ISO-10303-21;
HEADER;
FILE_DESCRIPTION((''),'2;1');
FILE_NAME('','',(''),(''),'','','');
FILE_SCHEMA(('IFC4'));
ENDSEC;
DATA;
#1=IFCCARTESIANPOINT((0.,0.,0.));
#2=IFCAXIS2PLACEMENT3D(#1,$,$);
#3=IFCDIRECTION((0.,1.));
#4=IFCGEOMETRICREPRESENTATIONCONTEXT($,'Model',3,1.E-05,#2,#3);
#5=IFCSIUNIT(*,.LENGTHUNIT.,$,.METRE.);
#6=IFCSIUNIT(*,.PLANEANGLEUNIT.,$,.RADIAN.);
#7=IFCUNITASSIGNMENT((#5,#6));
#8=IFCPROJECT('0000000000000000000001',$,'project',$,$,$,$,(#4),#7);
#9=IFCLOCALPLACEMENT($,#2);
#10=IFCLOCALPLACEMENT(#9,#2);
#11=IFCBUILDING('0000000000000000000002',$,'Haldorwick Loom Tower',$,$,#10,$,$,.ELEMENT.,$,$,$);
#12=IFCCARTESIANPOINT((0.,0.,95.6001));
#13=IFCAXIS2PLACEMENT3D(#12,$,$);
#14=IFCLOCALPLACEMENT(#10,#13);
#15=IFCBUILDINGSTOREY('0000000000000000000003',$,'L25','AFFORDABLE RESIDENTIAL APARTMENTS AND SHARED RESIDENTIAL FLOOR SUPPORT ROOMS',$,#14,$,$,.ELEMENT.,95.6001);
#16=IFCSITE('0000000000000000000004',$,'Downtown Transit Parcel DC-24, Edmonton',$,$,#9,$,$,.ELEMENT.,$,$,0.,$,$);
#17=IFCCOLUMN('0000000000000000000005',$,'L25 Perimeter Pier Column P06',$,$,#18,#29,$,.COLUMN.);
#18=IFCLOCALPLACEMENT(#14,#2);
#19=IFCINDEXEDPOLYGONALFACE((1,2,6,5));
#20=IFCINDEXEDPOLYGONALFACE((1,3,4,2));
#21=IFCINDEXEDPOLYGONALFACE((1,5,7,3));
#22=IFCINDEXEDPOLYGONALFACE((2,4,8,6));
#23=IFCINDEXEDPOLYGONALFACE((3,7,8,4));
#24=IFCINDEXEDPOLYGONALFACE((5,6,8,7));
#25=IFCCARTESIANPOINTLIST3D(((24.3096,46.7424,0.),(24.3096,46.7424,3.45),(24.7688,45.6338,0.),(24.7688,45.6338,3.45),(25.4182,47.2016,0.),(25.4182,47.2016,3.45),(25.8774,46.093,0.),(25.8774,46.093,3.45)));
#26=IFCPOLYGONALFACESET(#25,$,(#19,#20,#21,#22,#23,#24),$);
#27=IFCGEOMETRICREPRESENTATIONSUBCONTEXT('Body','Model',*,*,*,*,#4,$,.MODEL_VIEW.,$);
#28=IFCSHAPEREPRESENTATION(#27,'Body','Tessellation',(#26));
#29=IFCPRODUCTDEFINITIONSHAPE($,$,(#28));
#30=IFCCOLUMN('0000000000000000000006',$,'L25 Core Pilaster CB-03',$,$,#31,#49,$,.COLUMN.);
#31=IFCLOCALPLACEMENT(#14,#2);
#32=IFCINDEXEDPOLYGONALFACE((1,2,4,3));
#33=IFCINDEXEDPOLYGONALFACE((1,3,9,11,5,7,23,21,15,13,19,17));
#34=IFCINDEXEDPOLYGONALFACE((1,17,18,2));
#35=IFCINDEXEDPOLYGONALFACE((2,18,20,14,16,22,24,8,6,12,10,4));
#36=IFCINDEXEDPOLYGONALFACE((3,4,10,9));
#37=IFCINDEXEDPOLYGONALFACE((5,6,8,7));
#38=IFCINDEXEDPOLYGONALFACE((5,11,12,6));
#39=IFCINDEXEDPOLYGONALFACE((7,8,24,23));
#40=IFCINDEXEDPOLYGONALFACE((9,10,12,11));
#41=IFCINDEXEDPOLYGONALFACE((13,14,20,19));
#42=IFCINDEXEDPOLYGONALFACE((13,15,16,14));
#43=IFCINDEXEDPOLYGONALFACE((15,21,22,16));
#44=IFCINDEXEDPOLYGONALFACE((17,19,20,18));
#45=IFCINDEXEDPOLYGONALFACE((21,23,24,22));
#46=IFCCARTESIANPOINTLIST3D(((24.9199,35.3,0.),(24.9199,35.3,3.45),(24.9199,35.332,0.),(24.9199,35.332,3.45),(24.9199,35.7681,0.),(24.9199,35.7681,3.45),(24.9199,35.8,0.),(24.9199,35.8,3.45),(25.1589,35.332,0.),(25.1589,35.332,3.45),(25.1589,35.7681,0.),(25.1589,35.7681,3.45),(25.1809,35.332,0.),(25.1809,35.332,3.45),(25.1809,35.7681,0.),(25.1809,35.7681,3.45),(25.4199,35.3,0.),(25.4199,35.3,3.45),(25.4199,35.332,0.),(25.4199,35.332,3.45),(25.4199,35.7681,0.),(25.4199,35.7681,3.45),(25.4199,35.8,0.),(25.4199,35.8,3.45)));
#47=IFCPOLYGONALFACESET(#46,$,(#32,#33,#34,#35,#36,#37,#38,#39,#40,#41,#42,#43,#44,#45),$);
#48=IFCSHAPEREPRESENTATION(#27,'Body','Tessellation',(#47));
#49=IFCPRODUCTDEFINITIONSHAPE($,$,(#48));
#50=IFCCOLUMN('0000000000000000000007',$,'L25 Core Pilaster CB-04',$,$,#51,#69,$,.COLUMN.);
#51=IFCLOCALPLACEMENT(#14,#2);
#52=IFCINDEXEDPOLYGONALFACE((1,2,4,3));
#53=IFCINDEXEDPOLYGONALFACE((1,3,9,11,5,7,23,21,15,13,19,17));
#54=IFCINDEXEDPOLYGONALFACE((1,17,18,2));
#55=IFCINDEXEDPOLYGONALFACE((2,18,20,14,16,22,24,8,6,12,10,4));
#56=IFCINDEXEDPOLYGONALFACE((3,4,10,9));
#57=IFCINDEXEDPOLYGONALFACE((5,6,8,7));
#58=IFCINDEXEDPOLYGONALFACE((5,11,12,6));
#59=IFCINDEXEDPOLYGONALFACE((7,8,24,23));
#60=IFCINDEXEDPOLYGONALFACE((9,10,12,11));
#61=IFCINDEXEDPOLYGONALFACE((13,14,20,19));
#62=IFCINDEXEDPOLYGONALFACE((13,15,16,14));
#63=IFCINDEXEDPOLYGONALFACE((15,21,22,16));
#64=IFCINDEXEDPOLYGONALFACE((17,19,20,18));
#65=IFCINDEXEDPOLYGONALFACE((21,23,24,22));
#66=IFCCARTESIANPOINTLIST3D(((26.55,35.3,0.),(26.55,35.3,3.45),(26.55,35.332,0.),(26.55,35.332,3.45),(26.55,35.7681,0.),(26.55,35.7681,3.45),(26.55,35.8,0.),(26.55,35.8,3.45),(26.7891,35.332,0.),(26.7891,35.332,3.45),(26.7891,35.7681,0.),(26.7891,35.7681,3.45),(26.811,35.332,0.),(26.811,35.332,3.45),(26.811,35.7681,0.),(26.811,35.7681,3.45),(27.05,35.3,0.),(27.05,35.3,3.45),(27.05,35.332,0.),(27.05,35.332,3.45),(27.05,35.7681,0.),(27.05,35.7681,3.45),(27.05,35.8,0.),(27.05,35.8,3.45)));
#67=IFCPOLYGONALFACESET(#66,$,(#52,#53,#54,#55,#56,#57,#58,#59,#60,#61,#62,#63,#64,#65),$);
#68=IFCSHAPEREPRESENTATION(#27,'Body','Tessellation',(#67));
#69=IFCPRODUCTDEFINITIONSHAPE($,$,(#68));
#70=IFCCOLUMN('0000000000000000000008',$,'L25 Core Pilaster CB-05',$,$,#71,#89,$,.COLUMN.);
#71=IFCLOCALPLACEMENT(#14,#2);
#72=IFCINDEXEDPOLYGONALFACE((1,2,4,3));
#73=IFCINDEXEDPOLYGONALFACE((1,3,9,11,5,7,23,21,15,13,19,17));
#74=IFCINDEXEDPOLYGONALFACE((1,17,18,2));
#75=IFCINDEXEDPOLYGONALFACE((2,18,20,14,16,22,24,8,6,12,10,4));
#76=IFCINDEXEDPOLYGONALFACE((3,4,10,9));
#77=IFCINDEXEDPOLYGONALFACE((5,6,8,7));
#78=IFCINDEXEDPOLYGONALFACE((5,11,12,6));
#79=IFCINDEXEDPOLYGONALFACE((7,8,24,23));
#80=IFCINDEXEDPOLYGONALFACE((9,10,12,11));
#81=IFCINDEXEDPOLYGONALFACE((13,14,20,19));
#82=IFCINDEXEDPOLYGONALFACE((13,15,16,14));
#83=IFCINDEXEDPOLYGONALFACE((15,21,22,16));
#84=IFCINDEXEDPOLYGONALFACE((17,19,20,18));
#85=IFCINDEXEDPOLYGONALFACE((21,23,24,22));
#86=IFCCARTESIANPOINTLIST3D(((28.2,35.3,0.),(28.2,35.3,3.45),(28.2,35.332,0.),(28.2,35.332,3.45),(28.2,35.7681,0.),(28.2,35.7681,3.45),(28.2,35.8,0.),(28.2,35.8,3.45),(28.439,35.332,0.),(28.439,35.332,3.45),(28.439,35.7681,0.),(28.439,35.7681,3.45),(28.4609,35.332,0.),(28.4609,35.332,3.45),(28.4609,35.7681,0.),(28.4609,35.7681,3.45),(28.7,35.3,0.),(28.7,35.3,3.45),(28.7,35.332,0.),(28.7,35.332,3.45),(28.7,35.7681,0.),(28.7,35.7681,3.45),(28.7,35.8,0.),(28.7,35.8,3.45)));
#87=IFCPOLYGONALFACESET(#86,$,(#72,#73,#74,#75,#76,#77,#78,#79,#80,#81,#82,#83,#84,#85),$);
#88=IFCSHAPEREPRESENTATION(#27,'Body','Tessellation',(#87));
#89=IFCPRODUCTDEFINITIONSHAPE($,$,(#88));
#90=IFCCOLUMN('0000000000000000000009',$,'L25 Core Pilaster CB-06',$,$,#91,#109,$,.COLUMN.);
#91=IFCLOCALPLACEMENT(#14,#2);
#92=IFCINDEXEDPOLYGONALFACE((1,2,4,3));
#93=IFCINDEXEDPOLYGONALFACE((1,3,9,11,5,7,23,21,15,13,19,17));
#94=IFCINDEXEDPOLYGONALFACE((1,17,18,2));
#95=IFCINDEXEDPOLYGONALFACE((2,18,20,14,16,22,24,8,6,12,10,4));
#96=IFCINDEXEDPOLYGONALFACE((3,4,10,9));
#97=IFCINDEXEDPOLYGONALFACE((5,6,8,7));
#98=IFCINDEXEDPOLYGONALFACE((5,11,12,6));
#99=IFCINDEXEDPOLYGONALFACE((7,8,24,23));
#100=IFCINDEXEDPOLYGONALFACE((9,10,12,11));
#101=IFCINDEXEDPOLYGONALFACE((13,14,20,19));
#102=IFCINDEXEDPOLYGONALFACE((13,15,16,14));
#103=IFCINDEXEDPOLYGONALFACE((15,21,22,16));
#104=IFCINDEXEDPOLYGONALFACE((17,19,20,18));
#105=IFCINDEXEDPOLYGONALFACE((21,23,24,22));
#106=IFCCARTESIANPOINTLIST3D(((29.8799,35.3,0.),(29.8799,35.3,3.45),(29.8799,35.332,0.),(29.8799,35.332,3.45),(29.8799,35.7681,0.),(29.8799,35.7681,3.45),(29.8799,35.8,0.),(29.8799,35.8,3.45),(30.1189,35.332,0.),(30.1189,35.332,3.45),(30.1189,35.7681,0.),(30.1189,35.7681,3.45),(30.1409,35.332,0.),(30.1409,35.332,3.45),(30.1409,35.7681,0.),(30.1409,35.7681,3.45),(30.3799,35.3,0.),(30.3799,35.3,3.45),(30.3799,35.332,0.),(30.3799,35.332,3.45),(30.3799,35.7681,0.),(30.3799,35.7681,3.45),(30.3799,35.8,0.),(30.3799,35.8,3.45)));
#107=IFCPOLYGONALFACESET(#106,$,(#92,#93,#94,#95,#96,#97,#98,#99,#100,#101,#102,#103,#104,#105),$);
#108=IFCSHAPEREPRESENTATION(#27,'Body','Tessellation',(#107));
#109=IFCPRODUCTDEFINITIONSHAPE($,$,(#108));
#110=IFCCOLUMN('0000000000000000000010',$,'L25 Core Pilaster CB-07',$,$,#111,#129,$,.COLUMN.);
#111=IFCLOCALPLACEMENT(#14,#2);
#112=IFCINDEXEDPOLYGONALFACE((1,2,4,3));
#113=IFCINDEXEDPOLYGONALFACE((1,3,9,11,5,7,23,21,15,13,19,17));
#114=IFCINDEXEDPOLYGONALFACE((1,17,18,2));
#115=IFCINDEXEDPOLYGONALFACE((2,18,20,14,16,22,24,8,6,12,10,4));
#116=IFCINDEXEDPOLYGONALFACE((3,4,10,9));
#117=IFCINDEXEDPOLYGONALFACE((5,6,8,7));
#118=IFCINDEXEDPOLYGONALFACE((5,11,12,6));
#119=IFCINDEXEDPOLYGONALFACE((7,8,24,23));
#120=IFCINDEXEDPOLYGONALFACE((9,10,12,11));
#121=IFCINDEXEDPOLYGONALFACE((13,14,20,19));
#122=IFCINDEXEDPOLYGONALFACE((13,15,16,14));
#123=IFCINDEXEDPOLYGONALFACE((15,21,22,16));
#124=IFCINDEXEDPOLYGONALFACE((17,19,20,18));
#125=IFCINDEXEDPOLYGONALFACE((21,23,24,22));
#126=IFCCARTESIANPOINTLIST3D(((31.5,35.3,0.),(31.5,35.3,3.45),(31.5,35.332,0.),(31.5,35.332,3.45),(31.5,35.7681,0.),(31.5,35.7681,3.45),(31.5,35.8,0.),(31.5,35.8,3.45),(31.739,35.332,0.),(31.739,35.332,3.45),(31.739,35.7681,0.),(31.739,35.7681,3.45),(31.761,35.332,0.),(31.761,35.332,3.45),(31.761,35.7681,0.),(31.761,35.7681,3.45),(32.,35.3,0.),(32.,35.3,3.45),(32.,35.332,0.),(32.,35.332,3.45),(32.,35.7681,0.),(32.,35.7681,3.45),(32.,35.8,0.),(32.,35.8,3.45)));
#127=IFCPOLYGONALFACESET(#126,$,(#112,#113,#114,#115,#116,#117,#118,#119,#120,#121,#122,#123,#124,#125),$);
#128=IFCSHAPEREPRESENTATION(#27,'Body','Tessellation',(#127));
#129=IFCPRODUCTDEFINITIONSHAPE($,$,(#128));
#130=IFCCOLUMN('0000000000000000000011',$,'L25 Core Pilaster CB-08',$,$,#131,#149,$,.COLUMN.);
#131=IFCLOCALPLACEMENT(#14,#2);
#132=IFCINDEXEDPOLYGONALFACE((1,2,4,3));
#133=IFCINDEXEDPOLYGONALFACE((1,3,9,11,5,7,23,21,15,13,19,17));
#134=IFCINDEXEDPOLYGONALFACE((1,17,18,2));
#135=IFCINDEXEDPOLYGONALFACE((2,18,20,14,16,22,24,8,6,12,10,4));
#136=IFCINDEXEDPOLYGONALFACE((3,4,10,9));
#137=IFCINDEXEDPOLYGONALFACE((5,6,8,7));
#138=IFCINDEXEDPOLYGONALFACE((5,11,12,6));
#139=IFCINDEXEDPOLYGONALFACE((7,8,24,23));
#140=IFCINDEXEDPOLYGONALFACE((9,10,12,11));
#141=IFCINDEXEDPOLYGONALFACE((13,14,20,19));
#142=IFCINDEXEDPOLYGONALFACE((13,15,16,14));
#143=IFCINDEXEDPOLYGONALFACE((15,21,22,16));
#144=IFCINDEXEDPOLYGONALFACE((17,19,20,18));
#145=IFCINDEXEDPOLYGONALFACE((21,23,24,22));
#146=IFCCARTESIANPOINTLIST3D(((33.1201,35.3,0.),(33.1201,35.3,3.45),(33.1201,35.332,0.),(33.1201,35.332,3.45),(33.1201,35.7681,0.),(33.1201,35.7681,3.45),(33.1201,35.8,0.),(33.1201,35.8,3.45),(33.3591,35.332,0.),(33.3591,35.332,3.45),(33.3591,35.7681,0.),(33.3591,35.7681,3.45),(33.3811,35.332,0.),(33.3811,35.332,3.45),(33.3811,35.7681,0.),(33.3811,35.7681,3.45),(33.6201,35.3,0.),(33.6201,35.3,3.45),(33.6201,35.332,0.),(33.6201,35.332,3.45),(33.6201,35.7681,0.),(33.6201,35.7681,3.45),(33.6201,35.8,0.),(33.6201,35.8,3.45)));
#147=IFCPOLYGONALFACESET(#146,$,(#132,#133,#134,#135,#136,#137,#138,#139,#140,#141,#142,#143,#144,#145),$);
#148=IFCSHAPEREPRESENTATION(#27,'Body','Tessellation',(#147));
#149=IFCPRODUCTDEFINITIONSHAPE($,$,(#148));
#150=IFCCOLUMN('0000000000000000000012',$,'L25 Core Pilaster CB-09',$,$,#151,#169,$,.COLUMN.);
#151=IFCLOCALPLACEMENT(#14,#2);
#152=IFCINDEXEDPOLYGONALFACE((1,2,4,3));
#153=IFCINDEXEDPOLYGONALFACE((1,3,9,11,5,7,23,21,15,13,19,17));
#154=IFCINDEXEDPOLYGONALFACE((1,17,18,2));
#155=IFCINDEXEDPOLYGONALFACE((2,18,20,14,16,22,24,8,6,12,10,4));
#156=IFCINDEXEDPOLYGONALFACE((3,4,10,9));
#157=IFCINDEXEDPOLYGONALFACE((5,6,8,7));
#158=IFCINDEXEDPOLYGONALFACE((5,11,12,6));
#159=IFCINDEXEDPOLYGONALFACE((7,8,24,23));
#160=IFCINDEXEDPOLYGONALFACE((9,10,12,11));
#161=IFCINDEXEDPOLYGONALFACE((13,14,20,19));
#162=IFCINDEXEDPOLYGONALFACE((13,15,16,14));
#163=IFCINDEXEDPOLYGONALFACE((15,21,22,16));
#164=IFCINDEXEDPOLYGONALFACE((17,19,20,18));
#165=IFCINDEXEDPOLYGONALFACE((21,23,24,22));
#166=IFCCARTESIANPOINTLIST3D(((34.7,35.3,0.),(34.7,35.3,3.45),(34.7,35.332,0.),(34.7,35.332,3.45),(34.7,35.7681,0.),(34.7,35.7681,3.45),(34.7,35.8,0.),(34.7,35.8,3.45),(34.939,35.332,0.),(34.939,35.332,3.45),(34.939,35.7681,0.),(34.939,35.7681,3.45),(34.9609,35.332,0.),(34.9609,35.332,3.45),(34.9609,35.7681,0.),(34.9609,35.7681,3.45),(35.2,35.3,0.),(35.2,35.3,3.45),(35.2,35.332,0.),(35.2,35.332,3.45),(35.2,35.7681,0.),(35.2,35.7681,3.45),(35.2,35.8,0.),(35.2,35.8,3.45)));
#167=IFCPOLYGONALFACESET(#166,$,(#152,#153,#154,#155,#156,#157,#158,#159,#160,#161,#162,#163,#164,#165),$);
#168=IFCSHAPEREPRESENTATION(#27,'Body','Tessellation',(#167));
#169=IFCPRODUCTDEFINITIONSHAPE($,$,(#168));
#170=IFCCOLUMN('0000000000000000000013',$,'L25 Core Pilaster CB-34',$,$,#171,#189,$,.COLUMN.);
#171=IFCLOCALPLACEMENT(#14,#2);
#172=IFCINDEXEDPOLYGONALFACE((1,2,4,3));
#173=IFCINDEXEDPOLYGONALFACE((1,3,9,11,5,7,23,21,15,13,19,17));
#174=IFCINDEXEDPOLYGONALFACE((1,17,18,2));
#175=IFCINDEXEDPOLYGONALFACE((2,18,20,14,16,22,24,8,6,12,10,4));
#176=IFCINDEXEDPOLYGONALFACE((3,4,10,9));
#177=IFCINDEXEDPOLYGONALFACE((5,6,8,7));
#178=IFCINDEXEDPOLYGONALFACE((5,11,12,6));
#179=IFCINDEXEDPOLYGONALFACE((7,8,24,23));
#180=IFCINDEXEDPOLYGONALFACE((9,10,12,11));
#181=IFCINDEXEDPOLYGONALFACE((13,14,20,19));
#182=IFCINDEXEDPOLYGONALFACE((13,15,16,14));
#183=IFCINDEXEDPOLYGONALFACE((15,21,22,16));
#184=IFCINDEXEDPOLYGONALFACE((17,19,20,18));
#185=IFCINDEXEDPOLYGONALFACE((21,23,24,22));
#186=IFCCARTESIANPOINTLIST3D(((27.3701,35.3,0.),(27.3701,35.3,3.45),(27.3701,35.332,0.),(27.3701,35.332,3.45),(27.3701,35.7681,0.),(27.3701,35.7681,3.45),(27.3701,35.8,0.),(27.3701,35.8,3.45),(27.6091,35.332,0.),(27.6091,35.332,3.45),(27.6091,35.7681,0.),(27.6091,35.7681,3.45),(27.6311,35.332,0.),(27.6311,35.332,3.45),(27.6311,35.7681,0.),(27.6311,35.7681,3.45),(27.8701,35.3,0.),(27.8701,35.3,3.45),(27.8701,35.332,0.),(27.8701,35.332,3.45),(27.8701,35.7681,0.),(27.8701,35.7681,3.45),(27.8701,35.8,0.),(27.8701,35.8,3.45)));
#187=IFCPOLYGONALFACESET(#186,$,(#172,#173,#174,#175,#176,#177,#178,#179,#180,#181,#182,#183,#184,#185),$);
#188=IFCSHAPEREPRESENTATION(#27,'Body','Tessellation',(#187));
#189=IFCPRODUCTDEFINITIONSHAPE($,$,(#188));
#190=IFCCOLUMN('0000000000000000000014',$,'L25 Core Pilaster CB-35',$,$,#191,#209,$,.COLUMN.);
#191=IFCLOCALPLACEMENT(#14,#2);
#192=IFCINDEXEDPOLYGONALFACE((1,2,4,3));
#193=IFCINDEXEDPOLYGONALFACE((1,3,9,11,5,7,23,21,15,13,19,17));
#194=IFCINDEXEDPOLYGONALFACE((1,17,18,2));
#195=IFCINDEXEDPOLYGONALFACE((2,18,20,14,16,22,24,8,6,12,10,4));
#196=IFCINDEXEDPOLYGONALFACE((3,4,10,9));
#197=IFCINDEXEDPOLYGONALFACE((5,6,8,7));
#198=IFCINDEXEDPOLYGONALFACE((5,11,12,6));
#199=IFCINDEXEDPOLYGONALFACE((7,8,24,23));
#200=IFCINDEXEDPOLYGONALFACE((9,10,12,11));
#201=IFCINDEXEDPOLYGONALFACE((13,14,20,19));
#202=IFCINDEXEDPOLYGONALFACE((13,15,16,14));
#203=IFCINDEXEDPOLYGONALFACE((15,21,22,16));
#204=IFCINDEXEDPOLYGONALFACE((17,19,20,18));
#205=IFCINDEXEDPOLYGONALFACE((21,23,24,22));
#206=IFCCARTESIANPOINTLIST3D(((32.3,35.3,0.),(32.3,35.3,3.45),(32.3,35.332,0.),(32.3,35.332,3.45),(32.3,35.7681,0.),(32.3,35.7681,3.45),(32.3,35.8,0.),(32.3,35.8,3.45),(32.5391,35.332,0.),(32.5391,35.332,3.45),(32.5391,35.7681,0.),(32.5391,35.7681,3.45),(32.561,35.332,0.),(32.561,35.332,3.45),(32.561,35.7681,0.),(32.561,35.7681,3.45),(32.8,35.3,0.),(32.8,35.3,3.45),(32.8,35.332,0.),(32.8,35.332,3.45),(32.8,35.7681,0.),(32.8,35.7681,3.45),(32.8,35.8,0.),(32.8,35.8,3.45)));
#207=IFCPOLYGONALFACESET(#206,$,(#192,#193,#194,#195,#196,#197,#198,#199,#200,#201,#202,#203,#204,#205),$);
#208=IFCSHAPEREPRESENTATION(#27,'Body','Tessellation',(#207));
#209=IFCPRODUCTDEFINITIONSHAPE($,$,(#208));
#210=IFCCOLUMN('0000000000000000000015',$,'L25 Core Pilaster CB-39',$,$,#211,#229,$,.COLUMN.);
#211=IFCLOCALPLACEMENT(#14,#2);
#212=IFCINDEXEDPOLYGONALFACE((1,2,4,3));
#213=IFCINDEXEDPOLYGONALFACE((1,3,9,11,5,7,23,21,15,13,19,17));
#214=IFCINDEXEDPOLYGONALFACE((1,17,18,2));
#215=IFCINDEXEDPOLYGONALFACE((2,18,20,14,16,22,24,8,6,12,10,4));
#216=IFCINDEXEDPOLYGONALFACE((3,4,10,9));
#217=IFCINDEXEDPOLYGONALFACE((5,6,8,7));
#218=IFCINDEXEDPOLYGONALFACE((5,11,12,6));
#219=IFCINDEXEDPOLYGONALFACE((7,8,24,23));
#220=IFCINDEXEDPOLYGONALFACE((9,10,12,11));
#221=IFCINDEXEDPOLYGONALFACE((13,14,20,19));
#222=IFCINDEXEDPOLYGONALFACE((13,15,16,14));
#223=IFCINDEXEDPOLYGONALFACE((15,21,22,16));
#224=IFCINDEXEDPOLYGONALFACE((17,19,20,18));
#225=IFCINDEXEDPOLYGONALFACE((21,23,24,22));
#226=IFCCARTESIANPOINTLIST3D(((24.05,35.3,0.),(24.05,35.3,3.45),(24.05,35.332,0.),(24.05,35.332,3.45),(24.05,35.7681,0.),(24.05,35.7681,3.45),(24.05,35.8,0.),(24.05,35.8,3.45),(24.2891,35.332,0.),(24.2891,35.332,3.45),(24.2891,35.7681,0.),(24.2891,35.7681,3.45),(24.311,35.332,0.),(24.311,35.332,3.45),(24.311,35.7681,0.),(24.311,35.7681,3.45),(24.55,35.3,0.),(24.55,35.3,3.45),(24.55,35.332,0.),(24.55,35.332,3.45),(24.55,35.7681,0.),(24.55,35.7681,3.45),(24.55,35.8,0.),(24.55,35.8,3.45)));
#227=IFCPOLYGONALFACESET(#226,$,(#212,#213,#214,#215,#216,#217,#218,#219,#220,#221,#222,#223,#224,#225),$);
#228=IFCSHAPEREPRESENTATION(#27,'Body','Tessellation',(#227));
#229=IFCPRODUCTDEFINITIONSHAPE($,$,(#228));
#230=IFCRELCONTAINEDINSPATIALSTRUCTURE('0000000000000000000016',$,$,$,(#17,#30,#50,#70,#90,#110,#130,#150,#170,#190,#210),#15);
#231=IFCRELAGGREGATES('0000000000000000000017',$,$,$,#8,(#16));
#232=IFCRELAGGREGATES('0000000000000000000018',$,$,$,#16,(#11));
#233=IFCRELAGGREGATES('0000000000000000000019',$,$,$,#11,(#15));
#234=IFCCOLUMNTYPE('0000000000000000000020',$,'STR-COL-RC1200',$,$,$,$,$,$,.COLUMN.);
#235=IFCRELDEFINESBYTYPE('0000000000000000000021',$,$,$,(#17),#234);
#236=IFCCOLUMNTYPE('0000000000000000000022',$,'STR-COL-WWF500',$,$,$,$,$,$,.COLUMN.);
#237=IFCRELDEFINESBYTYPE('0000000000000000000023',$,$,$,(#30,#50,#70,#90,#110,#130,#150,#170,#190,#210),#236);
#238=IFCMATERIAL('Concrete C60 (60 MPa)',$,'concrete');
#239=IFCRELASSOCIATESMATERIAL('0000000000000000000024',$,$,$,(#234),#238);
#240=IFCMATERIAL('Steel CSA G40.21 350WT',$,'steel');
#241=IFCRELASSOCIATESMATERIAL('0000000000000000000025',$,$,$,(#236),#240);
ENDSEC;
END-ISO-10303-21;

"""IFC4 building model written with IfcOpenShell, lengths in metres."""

from ifc_helpers import new_model, si_unit, direction, frame, origin, origin_2d, place, context, subcontext, project, spatial, rectangle, i_section, extrude, material, material_profile, profile_set, type_object, element, save


model = new_model("IFC4")

# Units and contexts
model_context = context("Model", 3, precision=1e-05, world=origin(), true_north=direction((0.0, 1.0)))
body_context = subcontext(model_context, "Body", "Model", "MODEL_VIEW")
ifc_project = project(units=[si_unit("LENGTHUNIT", "METRE"), si_unit("PLANEANGLEUNIT", "RADIAN")], contexts=[model_context])

# Site, building, storey
site_placement = place(None, origin())
site = spatial("IfcSite", under=ifc_project, at=site_placement, Name="Downtown Transit Parcel DC-24, Edmonton", CompositionType="ELEMENT", RefElevation=0.0)
building_placement = place(site_placement, origin())
building = spatial("IfcBuilding", under=site, at=building_placement, Name="Haldorwick Loom Tower", CompositionType="ELEMENT")
storey_placement = place(building_placement, frame((0.0, 0.0, 95.6001)))
storey = spatial("IfcBuildingStorey", under=building, at=storey_placement, Name="L25", Description="AFFORDABLE RESIDENTIAL APARTMENTS AND SHARED RESIDENTIAL FLOOR SUPPORT ROOMS", CompositionType="ELEMENT", Elevation=95.6001)

# Columns
ifc_material_1 = material(Name="Concrete C60 (60 MPa)", Category="concrete")
ifc_material_profile_1 = material_profile(ifc_material_1, rectangle(XDim=1.2, YDim=1.2, at=origin_2d()), Name="RC1200X1200", Category="concrete")
ifc_profile_set_1 = profile_set([ifc_material_profile_1], Name="Concrete C60 (60 MPa)")
column_type_1 = type_object("IfcColumnType", Name="STR-COL-RC1200", PredefinedType="COLUMN", material=ifc_profile_set_1)
column_placement = place(storey_placement, frame((25.0935, 46.4177, 0.0), z_axis=(0.0, 0.0, 1.0), x_axis=(-0.382683, 0.92388, 0.0)))
element("IfcColumn", 1, at=column_placement, inside=storey, type_object=column_type_1, Name="L25 Perimeter Pier Column P06", PredefinedType="COLUMN", context=body_context, shape_type="SweptSolid", body=[
    extrude(rectangle(XDim=1.2, YDim=1.2, at=origin_2d()), origin(), (0.0, 0.0, 1.0), 3.45),
])
ifc_material_2 = material(Name="Steel CSA G40.21 350WT", Category="steel")
ifc_material_profile_2 = material_profile(ifc_material_2, i_section(OverallWidth=0.5, OverallDepth=0.5, WebThickness=0.022, FlangeThickness=0.032, at=origin_2d()), Name="WWF500X500", Category="steel")
ifc_profile_set_2 = profile_set([ifc_material_profile_2], Name="Steel CSA G40.21 350WT")
column_type_2 = type_object("IfcColumnType", Name="STR-COL-WWF500", PredefinedType="COLUMN", material=ifc_profile_set_2)
for number, where, z_axis, x_axis, name in (
    (2, (25.1699, 35.55, 0.0), (0.0, 0.0, 1.0), (1.0, 0.0, 0.0), "L25 Core Pilaster CB-03"),
    (3, (26.8, 35.55, 0.0), (0.0, 0.0, 1.0), (1.0, 0.0, 0.0), "L25 Core Pilaster CB-04"),
    (4, (28.45, 35.55, 0.0), (0.0, 0.0, 1.0), (1.0, 0.0, 0.0), "L25 Core Pilaster CB-05"),
    (5, (30.1299, 35.55, 0.0), (0.0, 0.0, 1.0), (1.0, 0.0, 0.0), "L25 Core Pilaster CB-06"),
    (6, (31.75, 35.55, 0.0), (0.0, 0.0, 1.0), (1.0, 0.0, 0.0), "L25 Core Pilaster CB-07"),
    (7, (33.3701, 35.55, 0.0), (0.0, 0.0, 1.0), (1.0, 0.0, 0.0), "L25 Core Pilaster CB-08"),
    (8, (34.95, 35.55, 0.0), (0.0, 0.0, 1.0), (1.0, 0.0, 0.0), "L25 Core Pilaster CB-09"),
    (9, (27.6201, 35.55, 0.0), (0.0, 0.0, 1.0), (1.0, 0.0, 0.0), "L25 Core Pilaster CB-34"),
    (10, (32.55, 35.55, 0.0), (0.0, 0.0, 1.0), (1.0, 0.0, 0.0), "L25 Core Pilaster CB-35"),
    (11, (24.3, 35.55, 0.0), (0.0, 0.0, 1.0), (1.0, 0.0, 0.0), "L25 Core Pilaster CB-39"),
):
    element("IfcColumn", number, at=place(storey_placement, frame(where, z_axis=z_axis, x_axis=x_axis)), inside=storey, type_object=column_type_2, Name=name, PredefinedType="COLUMN", context=body_context, shape_type="SweptSolid", body=[
        extrude(i_section(OverallWidth=0.5, OverallDepth=0.5, WebThickness=0.022, FlangeThickness=0.032, at=origin_2d()), origin(), (0.0, 0.0, 1.0), 3.45),
    ])

save(model, "model.ifc")
